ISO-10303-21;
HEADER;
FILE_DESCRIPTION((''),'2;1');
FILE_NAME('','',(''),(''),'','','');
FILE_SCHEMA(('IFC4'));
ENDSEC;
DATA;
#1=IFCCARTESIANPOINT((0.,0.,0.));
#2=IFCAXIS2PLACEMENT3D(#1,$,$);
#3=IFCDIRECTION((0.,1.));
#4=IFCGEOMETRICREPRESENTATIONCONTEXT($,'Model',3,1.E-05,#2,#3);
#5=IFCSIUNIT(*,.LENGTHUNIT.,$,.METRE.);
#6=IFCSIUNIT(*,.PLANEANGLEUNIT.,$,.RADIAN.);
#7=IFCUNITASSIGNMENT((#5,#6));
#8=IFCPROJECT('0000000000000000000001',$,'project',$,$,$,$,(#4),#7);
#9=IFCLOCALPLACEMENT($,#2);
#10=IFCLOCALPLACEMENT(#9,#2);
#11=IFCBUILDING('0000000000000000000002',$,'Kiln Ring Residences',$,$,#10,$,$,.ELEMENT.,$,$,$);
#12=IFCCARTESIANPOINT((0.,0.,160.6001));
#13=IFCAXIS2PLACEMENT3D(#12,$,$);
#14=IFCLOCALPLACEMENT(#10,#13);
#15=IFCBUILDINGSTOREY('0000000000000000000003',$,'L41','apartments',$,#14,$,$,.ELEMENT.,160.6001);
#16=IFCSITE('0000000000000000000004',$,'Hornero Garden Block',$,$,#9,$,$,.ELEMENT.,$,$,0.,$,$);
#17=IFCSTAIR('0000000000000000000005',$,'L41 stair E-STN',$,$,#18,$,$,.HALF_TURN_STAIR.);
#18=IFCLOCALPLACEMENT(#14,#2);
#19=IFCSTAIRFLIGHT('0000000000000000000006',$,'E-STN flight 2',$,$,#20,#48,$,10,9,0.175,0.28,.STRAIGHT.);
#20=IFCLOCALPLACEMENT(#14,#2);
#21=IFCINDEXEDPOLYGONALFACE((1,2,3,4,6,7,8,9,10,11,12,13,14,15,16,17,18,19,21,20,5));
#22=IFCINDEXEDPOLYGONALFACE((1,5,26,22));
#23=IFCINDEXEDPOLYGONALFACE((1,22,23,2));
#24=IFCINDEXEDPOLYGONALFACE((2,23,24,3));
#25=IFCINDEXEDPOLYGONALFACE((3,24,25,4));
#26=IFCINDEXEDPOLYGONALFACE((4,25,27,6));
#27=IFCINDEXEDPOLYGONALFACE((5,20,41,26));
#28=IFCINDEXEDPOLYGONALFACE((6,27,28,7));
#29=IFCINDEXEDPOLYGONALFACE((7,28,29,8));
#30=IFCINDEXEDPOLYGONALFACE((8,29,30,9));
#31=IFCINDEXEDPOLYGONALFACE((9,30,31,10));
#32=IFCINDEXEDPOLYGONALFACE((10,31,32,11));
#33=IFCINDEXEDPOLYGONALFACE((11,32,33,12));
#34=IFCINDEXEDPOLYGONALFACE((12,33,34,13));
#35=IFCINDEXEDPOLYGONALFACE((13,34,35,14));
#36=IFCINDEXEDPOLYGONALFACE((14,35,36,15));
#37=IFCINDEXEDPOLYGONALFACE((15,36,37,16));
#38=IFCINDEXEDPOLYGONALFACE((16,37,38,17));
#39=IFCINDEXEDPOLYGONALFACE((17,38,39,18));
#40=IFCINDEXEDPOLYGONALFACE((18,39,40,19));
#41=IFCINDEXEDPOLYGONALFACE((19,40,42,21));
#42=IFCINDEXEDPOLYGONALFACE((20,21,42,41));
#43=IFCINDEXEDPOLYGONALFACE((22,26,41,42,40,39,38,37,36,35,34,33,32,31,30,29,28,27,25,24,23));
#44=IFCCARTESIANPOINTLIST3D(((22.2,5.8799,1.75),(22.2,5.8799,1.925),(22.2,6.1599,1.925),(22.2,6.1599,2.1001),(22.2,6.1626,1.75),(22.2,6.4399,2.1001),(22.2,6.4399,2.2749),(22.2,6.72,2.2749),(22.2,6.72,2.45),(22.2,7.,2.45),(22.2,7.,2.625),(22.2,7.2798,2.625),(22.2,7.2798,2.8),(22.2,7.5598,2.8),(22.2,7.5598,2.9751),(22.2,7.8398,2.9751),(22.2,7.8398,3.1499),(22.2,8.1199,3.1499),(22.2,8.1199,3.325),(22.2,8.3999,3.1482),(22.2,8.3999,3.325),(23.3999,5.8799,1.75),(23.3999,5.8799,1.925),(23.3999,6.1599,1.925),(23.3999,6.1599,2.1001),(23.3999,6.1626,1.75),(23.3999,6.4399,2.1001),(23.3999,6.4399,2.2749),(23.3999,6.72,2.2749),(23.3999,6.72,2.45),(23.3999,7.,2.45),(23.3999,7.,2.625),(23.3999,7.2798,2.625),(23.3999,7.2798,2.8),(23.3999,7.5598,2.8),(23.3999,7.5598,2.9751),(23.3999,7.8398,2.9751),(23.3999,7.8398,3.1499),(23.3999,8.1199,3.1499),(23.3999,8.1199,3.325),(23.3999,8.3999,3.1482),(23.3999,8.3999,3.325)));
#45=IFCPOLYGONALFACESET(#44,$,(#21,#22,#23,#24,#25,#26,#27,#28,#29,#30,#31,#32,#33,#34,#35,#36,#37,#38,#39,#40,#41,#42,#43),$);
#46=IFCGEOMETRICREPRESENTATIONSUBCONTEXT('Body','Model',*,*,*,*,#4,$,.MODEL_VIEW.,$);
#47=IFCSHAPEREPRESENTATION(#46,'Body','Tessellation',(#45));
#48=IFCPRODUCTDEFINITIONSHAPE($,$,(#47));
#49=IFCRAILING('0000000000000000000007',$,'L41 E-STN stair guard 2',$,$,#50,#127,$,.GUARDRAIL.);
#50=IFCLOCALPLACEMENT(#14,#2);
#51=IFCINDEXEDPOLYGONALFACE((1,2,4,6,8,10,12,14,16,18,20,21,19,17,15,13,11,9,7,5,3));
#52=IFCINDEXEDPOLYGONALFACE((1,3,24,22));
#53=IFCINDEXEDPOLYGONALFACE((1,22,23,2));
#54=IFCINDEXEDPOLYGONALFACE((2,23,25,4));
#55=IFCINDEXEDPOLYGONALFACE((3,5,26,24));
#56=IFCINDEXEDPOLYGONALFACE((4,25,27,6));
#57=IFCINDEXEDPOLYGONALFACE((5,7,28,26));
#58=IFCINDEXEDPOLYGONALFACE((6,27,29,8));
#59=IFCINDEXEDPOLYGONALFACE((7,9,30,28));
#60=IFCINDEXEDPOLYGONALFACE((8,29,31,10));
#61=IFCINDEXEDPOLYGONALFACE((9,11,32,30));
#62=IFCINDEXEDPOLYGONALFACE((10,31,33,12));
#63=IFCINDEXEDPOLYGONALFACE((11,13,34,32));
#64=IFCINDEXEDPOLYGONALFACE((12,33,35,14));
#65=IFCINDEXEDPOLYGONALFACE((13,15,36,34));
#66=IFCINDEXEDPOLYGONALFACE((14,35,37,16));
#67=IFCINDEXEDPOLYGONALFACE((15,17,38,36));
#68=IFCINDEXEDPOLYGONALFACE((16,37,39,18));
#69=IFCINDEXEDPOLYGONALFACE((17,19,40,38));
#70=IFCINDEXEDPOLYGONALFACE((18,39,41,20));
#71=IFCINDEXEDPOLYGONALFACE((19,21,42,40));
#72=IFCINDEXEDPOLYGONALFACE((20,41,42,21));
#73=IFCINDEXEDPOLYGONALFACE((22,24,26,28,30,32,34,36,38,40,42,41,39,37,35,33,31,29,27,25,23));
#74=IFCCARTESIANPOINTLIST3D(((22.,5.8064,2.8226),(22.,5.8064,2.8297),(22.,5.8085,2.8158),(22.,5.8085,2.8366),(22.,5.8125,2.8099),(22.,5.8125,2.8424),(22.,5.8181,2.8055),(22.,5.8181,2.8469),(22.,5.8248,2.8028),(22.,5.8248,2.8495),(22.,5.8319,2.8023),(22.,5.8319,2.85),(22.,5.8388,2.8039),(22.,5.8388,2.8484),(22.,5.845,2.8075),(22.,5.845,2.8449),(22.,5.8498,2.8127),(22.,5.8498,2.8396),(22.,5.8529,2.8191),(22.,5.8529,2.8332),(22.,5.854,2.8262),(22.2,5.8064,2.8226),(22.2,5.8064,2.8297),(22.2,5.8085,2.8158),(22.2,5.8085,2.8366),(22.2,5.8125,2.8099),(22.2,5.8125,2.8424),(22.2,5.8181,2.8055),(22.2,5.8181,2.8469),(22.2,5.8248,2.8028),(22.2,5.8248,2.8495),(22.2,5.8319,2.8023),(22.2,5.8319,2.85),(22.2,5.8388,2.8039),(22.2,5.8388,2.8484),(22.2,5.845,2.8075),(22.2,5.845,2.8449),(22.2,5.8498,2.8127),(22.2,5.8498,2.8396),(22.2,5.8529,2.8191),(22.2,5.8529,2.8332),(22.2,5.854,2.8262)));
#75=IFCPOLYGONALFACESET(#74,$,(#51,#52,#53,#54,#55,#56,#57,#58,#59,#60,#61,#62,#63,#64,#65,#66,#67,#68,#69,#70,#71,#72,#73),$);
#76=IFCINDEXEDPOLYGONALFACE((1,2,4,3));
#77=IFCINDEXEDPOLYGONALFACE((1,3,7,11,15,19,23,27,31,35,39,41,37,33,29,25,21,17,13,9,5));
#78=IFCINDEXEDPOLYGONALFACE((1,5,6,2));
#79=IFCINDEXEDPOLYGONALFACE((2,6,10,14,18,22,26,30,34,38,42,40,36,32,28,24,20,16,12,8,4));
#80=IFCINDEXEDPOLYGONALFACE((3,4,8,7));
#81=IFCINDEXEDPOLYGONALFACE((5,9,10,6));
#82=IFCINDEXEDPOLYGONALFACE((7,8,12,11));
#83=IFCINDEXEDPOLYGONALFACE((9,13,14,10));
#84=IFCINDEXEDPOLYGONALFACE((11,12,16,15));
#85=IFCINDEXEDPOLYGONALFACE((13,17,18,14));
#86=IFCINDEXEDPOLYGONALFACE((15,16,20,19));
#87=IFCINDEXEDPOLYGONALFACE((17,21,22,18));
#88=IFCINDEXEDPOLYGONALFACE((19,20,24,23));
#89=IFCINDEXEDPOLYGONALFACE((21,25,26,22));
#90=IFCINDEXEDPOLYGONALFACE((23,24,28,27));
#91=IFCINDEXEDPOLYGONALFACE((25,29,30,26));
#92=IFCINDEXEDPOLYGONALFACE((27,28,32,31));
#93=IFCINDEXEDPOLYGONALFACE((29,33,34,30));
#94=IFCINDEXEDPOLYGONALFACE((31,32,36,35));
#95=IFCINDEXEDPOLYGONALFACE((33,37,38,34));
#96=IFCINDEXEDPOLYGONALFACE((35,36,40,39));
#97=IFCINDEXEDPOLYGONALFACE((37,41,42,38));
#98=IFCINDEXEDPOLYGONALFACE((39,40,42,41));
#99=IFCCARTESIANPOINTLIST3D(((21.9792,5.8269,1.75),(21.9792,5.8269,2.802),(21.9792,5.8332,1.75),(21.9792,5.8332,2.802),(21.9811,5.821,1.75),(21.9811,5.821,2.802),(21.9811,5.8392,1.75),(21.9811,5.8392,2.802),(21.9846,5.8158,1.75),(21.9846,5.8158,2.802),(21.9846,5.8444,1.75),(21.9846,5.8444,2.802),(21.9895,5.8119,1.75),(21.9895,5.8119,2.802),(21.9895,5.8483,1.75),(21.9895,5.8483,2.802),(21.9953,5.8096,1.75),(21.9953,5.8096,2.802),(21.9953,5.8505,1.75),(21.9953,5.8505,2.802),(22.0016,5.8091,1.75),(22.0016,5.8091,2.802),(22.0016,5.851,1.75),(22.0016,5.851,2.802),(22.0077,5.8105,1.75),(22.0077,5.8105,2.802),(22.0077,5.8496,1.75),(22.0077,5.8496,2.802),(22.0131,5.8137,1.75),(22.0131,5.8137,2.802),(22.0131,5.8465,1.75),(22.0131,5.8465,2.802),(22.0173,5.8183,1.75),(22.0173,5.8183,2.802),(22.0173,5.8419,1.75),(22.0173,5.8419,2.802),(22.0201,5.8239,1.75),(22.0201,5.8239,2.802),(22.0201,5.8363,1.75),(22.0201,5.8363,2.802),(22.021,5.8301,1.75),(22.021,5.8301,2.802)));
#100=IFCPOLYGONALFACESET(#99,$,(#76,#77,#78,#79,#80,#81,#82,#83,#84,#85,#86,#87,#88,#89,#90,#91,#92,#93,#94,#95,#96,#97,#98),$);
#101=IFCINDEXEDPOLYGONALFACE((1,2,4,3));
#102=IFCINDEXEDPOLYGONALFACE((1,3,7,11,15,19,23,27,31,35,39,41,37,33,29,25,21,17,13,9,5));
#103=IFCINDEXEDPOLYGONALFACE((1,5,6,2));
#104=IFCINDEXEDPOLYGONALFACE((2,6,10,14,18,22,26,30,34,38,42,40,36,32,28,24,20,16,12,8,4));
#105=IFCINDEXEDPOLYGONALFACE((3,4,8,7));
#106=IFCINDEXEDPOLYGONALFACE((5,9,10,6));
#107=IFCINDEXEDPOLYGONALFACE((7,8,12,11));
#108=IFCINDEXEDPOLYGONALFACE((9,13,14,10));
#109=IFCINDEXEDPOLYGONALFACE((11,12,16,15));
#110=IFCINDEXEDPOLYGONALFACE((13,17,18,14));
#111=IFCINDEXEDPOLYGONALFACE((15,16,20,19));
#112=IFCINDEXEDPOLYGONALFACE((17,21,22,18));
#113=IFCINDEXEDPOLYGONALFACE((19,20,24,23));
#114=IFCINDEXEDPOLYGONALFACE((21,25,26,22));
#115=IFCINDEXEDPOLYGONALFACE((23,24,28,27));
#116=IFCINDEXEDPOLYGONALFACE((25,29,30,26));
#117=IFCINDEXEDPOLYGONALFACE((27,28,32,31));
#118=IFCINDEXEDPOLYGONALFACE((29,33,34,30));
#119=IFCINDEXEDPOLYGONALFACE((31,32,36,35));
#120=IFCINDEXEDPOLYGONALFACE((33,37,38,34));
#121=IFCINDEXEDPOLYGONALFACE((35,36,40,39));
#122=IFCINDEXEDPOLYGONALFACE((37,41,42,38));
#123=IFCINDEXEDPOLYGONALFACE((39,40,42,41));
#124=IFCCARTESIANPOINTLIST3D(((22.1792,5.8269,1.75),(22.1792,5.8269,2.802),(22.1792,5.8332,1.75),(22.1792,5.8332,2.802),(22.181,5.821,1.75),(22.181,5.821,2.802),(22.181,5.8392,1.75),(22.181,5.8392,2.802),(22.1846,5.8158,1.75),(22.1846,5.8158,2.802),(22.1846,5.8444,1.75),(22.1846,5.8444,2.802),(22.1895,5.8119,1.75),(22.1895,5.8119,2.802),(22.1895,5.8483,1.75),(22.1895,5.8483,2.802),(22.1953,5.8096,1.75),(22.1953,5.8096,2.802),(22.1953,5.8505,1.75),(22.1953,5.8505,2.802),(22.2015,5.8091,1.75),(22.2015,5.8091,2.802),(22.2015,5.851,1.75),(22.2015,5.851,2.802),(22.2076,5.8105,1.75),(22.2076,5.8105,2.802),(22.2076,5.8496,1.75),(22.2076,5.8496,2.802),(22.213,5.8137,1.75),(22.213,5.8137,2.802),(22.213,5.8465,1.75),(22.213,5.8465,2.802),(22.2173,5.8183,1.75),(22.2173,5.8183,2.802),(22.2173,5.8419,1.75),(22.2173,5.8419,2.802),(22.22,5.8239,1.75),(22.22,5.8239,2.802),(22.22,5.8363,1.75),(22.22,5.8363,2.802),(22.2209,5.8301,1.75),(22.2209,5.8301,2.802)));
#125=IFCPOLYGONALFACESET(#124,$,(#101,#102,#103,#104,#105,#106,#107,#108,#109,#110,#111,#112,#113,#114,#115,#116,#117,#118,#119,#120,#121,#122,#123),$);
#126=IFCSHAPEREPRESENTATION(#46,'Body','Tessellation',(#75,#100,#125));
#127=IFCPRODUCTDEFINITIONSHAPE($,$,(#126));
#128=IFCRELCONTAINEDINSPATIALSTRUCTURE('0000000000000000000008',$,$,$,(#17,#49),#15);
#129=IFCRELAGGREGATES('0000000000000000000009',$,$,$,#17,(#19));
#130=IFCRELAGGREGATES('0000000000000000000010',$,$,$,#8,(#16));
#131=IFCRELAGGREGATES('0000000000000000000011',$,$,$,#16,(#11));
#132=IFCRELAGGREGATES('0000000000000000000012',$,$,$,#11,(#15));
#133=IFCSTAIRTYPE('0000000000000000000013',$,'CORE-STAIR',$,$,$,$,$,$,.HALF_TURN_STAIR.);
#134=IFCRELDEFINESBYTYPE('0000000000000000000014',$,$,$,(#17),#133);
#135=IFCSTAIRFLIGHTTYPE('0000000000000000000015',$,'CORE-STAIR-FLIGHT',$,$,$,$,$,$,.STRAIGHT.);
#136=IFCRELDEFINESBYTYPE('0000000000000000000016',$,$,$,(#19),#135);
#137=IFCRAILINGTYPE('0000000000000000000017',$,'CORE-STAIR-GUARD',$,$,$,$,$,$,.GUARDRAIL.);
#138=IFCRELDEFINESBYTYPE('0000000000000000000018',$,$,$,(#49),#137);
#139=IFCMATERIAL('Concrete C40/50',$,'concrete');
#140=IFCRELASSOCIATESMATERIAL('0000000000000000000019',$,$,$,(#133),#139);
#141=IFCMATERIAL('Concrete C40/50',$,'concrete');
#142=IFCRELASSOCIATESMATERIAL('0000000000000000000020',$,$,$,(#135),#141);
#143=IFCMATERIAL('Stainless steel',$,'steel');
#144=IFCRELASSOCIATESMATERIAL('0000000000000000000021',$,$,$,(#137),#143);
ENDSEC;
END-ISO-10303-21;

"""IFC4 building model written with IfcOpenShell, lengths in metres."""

from ifc_helpers import new_model, si_unit, direction, frame, origin, origin_2d, place, context, subcontext, project, spatial, polyline, circle, outline, extrude, material, type_object, element, aggregate, save


model = new_model("IFC4")

# Units and contexts
model_context = context("Model", 3, precision=1e-05, world=origin(), true_north=direction((0.0, 1.0)))
body_context = subcontext(model_context, "Body", "Model", "MODEL_VIEW")
ifc_project = project(units=[si_unit("LENGTHUNIT", "METRE"), si_unit("PLANEANGLEUNIT", "RADIAN")], contexts=[model_context])

# Site, building, storey
site_placement = place(None, origin())
site = spatial("IfcSite", under=ifc_project, at=site_placement, Name="Hornero Garden Block", CompositionType="ELEMENT", RefElevation=0.0)
building_placement = place(site_placement, origin())
building = spatial("IfcBuilding", under=site, at=building_placement, Name="Kiln Ring Residences", CompositionType="ELEMENT")
storey_placement = place(building_placement, frame((0.0, 0.0, 160.6001)))
storey = spatial("IfcBuildingStorey", under=building, at=storey_placement, Name="L41", Description="apartments", CompositionType="ELEMENT", Elevation=160.6001)

# Stair, stair flight
ifc_material_1 = material(Name="Concrete C40/50", Category="concrete")
stair_type = type_object("IfcStairType", Name="CORE-STAIR", PredefinedType="HALF_TURN_STAIR", material=ifc_material_1)
stair_placement = place(storey_placement, origin())
stair = element("IfcStair", 1, at=stair_placement, inside=storey, type_object=stair_type, Name="L41 stair E-STN", PredefinedType="HALF_TURN_STAIR")
ifc_material_2 = material(Name="Concrete C40/50", Category="concrete")
stair_flight_type = type_object("IfcStairFlightType", Name="CORE-STAIR-FLIGHT", PredefinedType="STRAIGHT", material=ifc_material_2)
stair_flight_1_placement = place(storey_placement, frame((22.8, 5.8799, 1.75), z_axis=(0.0, 0.0, 1.0), x_axis=(0.0, 1.0, 0.0)))
stair_flight_1 = element("IfcStairFlight", 2, at=stair_flight_1_placement, type_object=stair_flight_type, Name="E-STN flight 2", NumberOfRisers=10, NumberOfTreads=9, PredefinedType="STRAIGHT", RiserHeight=0.175, TreadLength=0.28, context=body_context, shape_type="SweptSolid", body=[
    extrude(outline(polyline([(0.0, 0.0), (0.0, 0.175), (0.28, 0.175), (0.28, 0.3501), (0.5601, 0.3501), (0.5601, 0.5249), (0.8401, 0.5249), (0.8401, 0.7), (1.1201, 0.7), (1.1201, 0.875), (1.3999, 0.875), (1.3999, 1.05), (1.6799, 1.05), (1.6799, 1.2251), (1.96, 1.2251), (1.96, 1.3999), (2.24, 1.3999), (2.24, 1.575), (2.52, 1.575), (2.52, 1.75), (2.52, 1.3982), (0.2827, 0.0), (0.0, 0.0)])), frame((0.0, 0.6001, 0.0), z_axis=(0.0, -1.0, 0.0), x_axis=(1.0, 0.0, 0.0)), (0.0, 0.0, 1.0), 1.2),
])
aggregate(stair, [stair_flight_1])

# Railing
ifc_material_3 = material(Name="Stainless steel", Category="steel")
railing_type_1 = type_object("IfcRailingType", Name="CORE-STAIR-GUARD", PredefinedType="GUARDRAIL", material=ifc_material_3)
railing_1_placement = place(storey_placement, frame((22.0, 5.8301, 1.75)))
element("IfcRailing", 3, at=railing_1_placement, inside=storey, type_object=railing_type_1, Name="L41 E-STN stair guard 2", PredefinedType="GUARDRAIL", context=body_context, shape_type="SweptSolid", body=[
    extrude(circle(Radius=0.0239, at=origin_2d()), frame((0.0, 0.0, 1.0762), z_axis=(1.0, 0.0, 0.0), x_axis=(0.0, 1.0, 0.0)), (0.0, 0.0, 1.0), 0.2),
    extrude(circle(Radius=0.021, at=origin_2d()), origin(), (0.0, 0.0, 1.0), 1.052),
    extrude(circle(Radius=0.021, at=origin_2d()), frame((0.2, 0.0, 0.0)), (0.0, 0.0, 1.0), 1.052),
])

save(model, "model.ifc")
